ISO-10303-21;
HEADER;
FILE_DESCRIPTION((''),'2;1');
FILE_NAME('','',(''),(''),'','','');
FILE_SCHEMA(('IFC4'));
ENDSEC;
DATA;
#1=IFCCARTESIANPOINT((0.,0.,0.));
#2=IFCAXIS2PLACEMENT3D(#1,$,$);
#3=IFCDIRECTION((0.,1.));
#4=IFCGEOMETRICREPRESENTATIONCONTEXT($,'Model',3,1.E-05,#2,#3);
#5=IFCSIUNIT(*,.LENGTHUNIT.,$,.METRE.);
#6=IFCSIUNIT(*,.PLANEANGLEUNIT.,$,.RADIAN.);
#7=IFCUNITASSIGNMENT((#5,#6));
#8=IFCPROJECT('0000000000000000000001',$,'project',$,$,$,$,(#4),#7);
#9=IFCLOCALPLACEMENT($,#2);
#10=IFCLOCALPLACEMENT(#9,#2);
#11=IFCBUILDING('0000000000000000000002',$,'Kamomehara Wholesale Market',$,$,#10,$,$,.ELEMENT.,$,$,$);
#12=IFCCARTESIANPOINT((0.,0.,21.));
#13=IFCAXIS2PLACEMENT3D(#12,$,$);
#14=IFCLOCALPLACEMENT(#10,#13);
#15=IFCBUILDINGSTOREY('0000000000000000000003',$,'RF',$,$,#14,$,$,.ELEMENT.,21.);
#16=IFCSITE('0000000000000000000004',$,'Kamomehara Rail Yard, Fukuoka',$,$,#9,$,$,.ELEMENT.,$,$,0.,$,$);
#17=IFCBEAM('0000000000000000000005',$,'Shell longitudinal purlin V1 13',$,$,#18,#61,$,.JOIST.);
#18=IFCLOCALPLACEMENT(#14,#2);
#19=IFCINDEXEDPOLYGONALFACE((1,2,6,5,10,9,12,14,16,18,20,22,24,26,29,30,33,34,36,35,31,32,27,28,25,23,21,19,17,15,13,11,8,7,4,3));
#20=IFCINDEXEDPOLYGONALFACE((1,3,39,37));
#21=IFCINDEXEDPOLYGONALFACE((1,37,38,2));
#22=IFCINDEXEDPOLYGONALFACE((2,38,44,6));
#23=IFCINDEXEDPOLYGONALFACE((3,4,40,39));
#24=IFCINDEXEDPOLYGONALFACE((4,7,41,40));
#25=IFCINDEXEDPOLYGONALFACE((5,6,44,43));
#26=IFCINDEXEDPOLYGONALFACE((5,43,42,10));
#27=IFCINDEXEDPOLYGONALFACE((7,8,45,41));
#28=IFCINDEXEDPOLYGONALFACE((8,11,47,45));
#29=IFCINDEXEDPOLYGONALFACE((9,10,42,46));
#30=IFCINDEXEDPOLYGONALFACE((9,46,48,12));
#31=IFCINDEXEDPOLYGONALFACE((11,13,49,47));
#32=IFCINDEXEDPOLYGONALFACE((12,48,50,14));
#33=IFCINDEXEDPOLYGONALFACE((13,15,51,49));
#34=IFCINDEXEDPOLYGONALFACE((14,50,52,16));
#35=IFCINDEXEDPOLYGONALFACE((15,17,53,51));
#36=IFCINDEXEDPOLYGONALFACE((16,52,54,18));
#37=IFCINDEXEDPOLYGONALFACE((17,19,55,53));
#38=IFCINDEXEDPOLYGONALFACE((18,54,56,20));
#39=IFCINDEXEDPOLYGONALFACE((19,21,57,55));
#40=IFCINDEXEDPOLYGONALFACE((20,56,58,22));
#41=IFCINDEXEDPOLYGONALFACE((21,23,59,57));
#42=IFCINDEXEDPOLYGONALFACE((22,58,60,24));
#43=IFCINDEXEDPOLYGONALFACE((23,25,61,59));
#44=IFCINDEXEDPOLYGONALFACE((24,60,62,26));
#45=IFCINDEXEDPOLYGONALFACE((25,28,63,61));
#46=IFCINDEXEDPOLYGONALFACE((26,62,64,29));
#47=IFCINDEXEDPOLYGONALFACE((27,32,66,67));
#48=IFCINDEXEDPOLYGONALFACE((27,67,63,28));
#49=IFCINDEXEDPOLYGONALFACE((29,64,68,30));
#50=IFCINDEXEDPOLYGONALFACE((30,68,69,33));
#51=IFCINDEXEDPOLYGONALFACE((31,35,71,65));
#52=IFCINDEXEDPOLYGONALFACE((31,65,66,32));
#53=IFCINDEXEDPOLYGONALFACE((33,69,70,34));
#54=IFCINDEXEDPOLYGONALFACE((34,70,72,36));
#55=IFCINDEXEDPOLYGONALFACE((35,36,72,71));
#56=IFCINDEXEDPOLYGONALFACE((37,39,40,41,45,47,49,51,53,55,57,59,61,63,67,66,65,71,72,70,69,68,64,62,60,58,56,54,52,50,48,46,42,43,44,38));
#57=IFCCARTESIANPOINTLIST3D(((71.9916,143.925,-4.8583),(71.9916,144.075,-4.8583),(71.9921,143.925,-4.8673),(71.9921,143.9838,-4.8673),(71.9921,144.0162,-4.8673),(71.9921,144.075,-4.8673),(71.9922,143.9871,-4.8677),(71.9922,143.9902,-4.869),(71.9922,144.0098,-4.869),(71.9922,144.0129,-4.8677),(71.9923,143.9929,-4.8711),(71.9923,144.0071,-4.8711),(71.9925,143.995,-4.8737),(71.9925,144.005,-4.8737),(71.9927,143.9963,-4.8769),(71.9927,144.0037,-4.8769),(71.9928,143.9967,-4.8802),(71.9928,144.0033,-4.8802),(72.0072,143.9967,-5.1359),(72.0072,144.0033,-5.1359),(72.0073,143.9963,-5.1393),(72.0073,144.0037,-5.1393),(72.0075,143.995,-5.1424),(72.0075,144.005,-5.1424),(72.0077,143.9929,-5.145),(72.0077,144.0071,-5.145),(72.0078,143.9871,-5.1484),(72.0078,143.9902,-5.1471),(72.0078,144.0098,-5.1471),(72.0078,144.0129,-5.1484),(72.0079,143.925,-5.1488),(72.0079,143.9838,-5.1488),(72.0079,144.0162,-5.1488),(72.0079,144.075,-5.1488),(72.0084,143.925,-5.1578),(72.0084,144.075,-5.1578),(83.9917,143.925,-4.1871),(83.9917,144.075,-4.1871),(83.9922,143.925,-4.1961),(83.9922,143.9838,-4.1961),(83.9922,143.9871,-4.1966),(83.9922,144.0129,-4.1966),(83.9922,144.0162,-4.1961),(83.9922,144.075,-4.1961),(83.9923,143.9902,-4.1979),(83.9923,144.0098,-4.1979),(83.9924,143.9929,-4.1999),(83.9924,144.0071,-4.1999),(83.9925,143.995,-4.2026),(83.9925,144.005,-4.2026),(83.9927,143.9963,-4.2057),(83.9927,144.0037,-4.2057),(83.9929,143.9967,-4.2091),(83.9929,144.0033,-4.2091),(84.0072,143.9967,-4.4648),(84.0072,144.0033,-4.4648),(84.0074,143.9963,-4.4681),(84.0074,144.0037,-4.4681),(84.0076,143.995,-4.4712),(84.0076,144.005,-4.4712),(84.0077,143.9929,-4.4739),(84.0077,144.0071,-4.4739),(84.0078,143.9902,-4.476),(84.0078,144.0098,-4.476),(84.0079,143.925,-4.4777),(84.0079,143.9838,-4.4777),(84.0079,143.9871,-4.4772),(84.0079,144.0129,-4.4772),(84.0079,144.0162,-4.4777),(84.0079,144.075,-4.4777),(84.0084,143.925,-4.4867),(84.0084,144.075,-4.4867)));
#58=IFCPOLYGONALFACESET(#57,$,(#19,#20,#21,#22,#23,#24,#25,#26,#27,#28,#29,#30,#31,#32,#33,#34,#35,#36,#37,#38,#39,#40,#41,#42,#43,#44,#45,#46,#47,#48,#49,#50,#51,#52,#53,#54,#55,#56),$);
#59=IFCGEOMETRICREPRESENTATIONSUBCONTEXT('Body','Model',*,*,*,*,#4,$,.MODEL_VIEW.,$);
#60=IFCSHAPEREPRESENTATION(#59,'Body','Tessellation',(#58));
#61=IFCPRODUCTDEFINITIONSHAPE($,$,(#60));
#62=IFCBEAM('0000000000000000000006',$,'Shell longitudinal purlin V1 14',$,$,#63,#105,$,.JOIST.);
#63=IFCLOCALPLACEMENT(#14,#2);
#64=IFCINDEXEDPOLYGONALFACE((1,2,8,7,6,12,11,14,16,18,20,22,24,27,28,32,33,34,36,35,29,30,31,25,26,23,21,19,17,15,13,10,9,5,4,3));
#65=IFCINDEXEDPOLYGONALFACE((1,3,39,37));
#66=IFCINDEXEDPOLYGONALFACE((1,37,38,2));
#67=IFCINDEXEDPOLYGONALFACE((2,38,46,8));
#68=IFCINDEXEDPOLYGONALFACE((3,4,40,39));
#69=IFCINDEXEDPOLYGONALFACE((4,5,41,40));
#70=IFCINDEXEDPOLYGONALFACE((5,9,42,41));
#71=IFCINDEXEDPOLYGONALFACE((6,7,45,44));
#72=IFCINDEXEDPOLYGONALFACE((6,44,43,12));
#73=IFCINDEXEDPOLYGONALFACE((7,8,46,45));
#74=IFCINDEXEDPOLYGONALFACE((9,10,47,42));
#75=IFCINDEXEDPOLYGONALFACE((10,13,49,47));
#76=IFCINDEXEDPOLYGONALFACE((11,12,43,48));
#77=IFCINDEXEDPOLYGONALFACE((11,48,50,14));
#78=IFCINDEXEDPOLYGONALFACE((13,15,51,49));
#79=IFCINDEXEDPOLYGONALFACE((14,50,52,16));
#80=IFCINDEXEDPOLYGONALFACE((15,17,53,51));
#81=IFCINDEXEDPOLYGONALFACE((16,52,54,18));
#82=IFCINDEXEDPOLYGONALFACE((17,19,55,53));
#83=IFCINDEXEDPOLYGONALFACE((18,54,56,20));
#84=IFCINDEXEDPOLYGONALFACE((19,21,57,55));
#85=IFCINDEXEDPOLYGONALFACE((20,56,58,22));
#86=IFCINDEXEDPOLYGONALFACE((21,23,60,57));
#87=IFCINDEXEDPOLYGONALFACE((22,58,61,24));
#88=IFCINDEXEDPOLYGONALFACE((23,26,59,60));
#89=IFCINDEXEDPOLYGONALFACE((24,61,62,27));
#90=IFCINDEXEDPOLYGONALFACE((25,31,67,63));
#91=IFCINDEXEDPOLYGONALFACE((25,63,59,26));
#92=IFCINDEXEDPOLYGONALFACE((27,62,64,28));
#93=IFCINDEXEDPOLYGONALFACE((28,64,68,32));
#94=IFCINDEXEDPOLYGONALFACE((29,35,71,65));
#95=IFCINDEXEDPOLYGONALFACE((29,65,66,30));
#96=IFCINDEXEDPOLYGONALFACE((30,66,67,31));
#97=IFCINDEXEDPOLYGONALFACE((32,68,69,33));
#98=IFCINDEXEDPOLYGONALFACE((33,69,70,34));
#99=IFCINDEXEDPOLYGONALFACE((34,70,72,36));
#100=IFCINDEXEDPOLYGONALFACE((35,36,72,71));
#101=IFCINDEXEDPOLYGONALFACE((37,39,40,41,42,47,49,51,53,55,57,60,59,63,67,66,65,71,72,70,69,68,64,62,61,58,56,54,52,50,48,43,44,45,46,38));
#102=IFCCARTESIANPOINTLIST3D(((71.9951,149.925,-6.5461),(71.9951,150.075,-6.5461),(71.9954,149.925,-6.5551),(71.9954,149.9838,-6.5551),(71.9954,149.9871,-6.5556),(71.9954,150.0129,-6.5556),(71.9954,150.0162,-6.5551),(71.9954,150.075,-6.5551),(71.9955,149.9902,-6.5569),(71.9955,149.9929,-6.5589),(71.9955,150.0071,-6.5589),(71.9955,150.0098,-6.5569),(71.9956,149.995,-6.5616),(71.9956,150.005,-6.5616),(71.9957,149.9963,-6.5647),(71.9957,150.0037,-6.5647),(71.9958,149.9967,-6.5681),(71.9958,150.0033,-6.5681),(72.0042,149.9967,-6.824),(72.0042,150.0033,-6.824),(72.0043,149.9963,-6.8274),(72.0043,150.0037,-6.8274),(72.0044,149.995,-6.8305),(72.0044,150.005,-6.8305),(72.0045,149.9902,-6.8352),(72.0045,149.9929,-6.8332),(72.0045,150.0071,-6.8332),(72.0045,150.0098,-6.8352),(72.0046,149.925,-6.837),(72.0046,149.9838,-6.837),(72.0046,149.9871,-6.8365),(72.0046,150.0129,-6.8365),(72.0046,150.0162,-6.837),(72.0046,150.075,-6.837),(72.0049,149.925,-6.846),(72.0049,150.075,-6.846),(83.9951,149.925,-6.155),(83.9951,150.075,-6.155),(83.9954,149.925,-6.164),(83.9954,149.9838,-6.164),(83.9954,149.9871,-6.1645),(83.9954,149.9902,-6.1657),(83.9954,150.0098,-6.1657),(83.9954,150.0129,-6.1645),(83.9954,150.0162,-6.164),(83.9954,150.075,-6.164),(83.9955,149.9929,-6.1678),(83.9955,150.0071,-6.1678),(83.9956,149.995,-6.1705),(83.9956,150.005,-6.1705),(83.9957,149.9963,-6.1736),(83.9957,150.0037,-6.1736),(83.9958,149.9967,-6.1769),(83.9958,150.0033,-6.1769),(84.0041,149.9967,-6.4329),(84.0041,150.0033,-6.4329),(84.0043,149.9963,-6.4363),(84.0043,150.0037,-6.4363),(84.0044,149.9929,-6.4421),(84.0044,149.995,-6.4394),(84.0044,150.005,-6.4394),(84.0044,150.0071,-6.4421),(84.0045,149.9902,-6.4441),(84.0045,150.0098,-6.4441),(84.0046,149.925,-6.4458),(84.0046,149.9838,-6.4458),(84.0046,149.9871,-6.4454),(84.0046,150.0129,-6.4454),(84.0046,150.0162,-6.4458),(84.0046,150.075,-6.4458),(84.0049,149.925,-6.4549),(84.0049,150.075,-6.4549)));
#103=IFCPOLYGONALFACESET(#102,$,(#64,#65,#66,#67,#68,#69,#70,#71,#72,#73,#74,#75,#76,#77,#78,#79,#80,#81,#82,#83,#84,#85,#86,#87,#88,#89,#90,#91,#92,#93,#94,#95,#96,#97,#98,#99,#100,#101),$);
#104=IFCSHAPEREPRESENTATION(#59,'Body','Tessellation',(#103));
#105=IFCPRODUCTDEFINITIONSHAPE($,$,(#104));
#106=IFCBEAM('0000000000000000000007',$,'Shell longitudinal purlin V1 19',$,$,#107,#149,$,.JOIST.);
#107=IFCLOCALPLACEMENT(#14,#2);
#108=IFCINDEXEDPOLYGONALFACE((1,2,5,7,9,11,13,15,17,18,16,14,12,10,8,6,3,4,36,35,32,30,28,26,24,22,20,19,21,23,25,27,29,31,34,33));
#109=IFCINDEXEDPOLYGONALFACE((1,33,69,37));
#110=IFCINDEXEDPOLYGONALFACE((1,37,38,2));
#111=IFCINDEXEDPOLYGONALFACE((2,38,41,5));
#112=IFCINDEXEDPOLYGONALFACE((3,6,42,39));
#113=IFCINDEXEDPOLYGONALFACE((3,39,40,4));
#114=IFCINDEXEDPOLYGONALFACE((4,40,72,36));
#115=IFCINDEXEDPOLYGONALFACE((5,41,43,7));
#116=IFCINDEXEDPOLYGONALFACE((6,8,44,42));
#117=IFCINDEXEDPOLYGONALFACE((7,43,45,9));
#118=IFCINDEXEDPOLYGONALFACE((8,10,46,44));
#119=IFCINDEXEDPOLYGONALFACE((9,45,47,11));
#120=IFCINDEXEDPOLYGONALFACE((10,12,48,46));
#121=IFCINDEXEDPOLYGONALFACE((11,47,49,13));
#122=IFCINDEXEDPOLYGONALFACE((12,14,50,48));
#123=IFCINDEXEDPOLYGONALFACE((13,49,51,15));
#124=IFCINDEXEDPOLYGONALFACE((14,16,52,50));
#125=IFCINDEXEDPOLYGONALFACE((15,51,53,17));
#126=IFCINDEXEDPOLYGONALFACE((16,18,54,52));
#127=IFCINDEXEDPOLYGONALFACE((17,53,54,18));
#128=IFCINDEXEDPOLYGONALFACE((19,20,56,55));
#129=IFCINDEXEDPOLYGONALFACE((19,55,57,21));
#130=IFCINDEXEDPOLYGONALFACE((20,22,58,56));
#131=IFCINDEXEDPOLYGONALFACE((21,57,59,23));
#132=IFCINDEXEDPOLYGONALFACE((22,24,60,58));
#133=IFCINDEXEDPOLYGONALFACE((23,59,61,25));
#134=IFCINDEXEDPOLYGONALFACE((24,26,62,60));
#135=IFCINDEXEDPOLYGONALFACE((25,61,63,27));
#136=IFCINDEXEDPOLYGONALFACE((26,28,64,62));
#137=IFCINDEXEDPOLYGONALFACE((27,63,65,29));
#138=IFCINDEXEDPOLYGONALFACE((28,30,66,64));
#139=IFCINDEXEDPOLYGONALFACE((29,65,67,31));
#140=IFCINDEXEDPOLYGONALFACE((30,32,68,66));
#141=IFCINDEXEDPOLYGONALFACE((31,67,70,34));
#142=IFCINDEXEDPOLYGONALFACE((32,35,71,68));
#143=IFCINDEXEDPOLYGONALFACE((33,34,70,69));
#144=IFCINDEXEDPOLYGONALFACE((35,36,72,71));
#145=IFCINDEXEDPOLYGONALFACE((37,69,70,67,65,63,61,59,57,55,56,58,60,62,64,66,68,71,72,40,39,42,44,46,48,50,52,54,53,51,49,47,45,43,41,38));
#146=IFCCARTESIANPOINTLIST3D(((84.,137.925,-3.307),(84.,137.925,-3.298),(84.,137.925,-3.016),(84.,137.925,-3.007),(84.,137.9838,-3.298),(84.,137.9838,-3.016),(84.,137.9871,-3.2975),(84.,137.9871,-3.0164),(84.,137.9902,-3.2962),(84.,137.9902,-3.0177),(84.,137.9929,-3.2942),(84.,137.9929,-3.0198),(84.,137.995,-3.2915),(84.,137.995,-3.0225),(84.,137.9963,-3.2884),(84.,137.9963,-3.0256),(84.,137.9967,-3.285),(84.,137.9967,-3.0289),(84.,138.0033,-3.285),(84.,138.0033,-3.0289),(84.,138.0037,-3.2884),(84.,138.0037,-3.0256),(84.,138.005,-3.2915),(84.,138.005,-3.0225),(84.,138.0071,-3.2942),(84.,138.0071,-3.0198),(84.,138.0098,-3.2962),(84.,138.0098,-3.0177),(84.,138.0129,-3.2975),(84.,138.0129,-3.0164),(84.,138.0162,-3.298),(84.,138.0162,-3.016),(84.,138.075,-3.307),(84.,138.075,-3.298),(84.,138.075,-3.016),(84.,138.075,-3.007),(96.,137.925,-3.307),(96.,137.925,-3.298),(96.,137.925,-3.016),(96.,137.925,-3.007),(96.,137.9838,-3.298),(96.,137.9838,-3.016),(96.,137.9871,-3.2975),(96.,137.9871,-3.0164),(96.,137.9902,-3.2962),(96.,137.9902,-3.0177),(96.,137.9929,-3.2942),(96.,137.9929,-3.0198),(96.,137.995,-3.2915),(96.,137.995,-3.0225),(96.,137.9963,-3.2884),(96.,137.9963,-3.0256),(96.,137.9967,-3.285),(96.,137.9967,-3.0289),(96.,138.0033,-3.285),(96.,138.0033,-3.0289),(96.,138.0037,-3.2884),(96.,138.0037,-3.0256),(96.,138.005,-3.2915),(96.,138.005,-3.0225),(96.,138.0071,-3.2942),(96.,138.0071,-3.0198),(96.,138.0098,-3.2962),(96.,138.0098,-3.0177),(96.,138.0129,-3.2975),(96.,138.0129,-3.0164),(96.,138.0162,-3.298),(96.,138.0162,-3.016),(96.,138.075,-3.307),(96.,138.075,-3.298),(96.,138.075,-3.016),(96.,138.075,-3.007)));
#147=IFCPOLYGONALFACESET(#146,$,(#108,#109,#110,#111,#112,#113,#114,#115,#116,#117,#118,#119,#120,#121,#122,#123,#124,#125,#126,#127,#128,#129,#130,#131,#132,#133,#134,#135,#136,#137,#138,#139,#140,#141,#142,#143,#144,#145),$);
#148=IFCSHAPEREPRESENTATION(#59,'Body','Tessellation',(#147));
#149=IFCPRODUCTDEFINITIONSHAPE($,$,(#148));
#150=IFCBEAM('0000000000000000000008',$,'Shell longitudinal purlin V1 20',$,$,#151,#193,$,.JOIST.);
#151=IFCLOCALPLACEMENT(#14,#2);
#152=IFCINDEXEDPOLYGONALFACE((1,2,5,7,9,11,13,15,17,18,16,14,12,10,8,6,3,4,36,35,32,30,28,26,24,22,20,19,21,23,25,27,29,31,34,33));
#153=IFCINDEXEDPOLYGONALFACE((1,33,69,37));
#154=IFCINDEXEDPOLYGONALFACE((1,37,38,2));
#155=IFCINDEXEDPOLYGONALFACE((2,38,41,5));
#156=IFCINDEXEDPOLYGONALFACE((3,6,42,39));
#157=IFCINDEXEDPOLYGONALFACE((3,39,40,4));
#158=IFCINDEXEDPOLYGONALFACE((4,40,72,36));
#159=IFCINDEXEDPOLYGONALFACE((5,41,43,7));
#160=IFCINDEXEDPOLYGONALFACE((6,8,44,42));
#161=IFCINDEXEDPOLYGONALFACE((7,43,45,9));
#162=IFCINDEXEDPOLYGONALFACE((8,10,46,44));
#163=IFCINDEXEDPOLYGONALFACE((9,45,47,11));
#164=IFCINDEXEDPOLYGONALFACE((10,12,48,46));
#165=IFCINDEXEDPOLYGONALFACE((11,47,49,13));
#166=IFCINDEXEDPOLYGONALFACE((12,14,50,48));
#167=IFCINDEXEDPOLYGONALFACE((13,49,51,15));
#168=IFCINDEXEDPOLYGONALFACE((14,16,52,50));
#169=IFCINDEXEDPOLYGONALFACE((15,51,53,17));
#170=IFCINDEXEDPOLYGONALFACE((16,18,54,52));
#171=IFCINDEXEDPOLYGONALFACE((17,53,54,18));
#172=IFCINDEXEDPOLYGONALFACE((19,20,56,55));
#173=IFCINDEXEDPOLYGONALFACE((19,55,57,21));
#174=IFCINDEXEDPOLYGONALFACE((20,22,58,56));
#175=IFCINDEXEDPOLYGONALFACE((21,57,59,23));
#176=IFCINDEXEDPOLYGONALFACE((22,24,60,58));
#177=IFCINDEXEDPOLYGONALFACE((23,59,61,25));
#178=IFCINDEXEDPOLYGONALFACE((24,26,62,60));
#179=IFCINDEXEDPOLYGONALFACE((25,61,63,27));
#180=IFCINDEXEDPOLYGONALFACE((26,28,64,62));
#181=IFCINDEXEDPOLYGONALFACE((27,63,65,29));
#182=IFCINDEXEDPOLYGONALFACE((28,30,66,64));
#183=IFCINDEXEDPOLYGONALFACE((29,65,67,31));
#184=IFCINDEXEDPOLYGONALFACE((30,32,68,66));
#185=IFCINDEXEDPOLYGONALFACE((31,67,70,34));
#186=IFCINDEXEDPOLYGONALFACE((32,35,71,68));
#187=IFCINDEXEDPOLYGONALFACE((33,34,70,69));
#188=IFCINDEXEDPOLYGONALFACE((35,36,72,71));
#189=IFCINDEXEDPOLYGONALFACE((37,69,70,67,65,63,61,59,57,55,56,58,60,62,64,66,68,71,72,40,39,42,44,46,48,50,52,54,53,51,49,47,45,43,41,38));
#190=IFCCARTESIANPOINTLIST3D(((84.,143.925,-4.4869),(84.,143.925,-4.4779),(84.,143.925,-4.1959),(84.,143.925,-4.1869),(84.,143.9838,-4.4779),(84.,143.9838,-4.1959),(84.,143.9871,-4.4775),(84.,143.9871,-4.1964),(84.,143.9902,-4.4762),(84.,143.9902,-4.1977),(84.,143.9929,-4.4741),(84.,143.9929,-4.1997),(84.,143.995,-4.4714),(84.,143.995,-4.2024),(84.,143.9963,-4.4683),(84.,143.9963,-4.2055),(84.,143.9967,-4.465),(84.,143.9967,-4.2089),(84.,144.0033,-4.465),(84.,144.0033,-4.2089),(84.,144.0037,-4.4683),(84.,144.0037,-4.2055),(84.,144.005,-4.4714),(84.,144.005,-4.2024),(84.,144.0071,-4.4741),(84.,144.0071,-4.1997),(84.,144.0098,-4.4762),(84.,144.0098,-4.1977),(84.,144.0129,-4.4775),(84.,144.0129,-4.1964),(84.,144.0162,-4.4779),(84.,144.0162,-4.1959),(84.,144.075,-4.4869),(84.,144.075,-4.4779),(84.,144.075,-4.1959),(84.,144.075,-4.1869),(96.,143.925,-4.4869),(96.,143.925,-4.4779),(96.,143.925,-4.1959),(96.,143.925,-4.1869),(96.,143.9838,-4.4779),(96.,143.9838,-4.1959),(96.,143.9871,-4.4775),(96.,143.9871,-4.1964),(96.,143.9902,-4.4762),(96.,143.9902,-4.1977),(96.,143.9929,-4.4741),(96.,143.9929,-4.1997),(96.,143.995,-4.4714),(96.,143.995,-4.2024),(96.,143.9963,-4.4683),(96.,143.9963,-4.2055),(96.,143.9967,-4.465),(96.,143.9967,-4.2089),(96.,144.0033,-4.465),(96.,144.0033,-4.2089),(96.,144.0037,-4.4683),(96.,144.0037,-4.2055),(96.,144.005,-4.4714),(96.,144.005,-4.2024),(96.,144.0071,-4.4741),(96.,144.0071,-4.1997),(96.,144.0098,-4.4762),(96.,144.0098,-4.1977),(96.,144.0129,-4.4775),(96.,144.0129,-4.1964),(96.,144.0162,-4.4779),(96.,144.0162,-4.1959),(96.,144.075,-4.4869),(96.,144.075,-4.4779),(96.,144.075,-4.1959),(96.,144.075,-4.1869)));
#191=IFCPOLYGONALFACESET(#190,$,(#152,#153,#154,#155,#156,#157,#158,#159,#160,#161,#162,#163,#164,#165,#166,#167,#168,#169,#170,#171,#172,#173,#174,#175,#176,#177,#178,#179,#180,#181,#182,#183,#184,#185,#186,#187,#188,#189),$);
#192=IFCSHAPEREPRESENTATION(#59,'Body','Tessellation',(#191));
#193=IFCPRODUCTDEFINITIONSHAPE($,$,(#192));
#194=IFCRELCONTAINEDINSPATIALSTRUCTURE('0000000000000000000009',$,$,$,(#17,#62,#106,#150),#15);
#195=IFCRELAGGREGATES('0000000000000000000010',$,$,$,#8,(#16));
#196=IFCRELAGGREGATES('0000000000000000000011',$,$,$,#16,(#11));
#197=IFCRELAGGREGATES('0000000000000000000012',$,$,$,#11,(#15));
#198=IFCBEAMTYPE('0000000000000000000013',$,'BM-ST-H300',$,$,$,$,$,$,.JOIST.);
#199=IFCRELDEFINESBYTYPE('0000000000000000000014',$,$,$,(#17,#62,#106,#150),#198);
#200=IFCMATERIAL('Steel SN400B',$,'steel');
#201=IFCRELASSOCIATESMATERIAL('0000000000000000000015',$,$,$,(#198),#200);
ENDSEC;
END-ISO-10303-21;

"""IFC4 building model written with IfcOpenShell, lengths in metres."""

from ifc_helpers import new_model, si_unit, direction, frame, origin, origin_2d, place, context, subcontext, project, spatial, i_section, extrude, material, material_profile, profile_set, type_object, element, save


model = new_model("IFC4")

# Units and contexts
model_context = context("Model", 3, precision=1e-05, world=origin(), true_north=direction((0.0, 1.0)))
body_context = subcontext(model_context, "Body", "Model", "MODEL_VIEW")
ifc_project = project(units=[si_unit("LENGTHUNIT", "METRE"), si_unit("PLANEANGLEUNIT", "RADIAN")], contexts=[model_context])

# Site, building, storey
site_placement = place(None, origin())
site = spatial("IfcSite", under=ifc_project, at=site_placement, Name="Kamomehara Rail Yard, Fukuoka", CompositionType="ELEMENT", RefElevation=0.0)
building_placement = place(site_placement, origin())
building = spatial("IfcBuilding", under=site, at=building_placement, Name="Kamomehara Wholesale Market", CompositionType="ELEMENT")
storey_placement = place(building_placement, frame((0.0, 0.0, 21.0)))
storey = spatial("IfcBuildingStorey", under=building, at=storey_placement, Name="RF", CompositionType="ELEMENT", Elevation=21.0)

# Beams
ifc_material_1 = material(Name="Steel SN400B", Category="steel")
ifc_material_profile_1 = material_profile(ifc_material_1, i_section(OverallWidth=0.1499, OverallDepth=0.3, WebThickness=0.0066, FlangeThickness=0.009, FilletRadius=0.0129, at=origin_2d()), Name="H-300x150x6.5x9")
ifc_profile_set_1 = profile_set([ifc_material_profile_1], Name="Steel SN400B")
beam_type_1 = type_object("IfcBeamType", Name="BM-ST-H300", PredefinedType="JOIST", material=ifc_profile_set_1)
beam_1_placement = place(storey_placement, frame((72.0, 144.0, -5.0081), z_axis=(0.99844, 0.0, 0.055841), x_axis=(0.0, 1.0, 0.0)))
element("IfcBeam", 1, at=beam_1_placement, inside=storey, type_object=beam_type_1, Name="Shell longitudinal purlin V1 13", PredefinedType="JOIST", context=body_context, shape_type="SweptSolid", body=[
    extrude(i_section(OverallWidth=0.1499, OverallDepth=0.3, WebThickness=0.0066, FlangeThickness=0.009, FilletRadius=0.0129, at=origin_2d()), origin(), (0.0, 0.0, 1.0), 12.0188),
])
beam_2_placement = place(storey_placement, frame((72.0, 150.0, -6.696), z_axis=(0.999469, 0.0, 0.032575), x_axis=(0.0, 1.0, 0.0)))
element("IfcBeam", 2, at=beam_2_placement, inside=storey, type_object=beam_type_1, Name="Shell longitudinal purlin V1 14", PredefinedType="JOIST", context=body_context, shape_type="SweptSolid", body=[
    extrude(i_section(OverallWidth=0.1499, OverallDepth=0.3, WebThickness=0.0066, FlangeThickness=0.009, FilletRadius=0.0129, at=origin_2d()), origin(), (0.0, 0.0, 1.0), 12.0063),
])
for number, where, z_axis, x_axis, name in (
    (3, (84.0, 138.0, -3.157), (1.0, 0.0, 0.0), (0.0, 1.0, 0.0), "Shell longitudinal purlin V1 19"),
    (4, (84.0, 144.0, -4.3369), (1.0, 0.0, 0.0), (0.0, 1.0, 0.0), "Shell longitudinal purlin V1 20"),
):
    element("IfcBeam", number, at=place(storey_placement, frame(where, z_axis=z_axis, x_axis=x_axis)), inside=storey, type_object=beam_type_1, Name=name, PredefinedType="JOIST", context=body_context, shape_type="SweptSolid", body=[
        extrude(i_section(OverallWidth=0.1499, OverallDepth=0.3, WebThickness=0.0066, FlangeThickness=0.009, FilletRadius=0.0129, at=origin_2d()), origin(), (0.0, 0.0, 1.0), 12.0),
    ])

save(model, "model.ifc")
